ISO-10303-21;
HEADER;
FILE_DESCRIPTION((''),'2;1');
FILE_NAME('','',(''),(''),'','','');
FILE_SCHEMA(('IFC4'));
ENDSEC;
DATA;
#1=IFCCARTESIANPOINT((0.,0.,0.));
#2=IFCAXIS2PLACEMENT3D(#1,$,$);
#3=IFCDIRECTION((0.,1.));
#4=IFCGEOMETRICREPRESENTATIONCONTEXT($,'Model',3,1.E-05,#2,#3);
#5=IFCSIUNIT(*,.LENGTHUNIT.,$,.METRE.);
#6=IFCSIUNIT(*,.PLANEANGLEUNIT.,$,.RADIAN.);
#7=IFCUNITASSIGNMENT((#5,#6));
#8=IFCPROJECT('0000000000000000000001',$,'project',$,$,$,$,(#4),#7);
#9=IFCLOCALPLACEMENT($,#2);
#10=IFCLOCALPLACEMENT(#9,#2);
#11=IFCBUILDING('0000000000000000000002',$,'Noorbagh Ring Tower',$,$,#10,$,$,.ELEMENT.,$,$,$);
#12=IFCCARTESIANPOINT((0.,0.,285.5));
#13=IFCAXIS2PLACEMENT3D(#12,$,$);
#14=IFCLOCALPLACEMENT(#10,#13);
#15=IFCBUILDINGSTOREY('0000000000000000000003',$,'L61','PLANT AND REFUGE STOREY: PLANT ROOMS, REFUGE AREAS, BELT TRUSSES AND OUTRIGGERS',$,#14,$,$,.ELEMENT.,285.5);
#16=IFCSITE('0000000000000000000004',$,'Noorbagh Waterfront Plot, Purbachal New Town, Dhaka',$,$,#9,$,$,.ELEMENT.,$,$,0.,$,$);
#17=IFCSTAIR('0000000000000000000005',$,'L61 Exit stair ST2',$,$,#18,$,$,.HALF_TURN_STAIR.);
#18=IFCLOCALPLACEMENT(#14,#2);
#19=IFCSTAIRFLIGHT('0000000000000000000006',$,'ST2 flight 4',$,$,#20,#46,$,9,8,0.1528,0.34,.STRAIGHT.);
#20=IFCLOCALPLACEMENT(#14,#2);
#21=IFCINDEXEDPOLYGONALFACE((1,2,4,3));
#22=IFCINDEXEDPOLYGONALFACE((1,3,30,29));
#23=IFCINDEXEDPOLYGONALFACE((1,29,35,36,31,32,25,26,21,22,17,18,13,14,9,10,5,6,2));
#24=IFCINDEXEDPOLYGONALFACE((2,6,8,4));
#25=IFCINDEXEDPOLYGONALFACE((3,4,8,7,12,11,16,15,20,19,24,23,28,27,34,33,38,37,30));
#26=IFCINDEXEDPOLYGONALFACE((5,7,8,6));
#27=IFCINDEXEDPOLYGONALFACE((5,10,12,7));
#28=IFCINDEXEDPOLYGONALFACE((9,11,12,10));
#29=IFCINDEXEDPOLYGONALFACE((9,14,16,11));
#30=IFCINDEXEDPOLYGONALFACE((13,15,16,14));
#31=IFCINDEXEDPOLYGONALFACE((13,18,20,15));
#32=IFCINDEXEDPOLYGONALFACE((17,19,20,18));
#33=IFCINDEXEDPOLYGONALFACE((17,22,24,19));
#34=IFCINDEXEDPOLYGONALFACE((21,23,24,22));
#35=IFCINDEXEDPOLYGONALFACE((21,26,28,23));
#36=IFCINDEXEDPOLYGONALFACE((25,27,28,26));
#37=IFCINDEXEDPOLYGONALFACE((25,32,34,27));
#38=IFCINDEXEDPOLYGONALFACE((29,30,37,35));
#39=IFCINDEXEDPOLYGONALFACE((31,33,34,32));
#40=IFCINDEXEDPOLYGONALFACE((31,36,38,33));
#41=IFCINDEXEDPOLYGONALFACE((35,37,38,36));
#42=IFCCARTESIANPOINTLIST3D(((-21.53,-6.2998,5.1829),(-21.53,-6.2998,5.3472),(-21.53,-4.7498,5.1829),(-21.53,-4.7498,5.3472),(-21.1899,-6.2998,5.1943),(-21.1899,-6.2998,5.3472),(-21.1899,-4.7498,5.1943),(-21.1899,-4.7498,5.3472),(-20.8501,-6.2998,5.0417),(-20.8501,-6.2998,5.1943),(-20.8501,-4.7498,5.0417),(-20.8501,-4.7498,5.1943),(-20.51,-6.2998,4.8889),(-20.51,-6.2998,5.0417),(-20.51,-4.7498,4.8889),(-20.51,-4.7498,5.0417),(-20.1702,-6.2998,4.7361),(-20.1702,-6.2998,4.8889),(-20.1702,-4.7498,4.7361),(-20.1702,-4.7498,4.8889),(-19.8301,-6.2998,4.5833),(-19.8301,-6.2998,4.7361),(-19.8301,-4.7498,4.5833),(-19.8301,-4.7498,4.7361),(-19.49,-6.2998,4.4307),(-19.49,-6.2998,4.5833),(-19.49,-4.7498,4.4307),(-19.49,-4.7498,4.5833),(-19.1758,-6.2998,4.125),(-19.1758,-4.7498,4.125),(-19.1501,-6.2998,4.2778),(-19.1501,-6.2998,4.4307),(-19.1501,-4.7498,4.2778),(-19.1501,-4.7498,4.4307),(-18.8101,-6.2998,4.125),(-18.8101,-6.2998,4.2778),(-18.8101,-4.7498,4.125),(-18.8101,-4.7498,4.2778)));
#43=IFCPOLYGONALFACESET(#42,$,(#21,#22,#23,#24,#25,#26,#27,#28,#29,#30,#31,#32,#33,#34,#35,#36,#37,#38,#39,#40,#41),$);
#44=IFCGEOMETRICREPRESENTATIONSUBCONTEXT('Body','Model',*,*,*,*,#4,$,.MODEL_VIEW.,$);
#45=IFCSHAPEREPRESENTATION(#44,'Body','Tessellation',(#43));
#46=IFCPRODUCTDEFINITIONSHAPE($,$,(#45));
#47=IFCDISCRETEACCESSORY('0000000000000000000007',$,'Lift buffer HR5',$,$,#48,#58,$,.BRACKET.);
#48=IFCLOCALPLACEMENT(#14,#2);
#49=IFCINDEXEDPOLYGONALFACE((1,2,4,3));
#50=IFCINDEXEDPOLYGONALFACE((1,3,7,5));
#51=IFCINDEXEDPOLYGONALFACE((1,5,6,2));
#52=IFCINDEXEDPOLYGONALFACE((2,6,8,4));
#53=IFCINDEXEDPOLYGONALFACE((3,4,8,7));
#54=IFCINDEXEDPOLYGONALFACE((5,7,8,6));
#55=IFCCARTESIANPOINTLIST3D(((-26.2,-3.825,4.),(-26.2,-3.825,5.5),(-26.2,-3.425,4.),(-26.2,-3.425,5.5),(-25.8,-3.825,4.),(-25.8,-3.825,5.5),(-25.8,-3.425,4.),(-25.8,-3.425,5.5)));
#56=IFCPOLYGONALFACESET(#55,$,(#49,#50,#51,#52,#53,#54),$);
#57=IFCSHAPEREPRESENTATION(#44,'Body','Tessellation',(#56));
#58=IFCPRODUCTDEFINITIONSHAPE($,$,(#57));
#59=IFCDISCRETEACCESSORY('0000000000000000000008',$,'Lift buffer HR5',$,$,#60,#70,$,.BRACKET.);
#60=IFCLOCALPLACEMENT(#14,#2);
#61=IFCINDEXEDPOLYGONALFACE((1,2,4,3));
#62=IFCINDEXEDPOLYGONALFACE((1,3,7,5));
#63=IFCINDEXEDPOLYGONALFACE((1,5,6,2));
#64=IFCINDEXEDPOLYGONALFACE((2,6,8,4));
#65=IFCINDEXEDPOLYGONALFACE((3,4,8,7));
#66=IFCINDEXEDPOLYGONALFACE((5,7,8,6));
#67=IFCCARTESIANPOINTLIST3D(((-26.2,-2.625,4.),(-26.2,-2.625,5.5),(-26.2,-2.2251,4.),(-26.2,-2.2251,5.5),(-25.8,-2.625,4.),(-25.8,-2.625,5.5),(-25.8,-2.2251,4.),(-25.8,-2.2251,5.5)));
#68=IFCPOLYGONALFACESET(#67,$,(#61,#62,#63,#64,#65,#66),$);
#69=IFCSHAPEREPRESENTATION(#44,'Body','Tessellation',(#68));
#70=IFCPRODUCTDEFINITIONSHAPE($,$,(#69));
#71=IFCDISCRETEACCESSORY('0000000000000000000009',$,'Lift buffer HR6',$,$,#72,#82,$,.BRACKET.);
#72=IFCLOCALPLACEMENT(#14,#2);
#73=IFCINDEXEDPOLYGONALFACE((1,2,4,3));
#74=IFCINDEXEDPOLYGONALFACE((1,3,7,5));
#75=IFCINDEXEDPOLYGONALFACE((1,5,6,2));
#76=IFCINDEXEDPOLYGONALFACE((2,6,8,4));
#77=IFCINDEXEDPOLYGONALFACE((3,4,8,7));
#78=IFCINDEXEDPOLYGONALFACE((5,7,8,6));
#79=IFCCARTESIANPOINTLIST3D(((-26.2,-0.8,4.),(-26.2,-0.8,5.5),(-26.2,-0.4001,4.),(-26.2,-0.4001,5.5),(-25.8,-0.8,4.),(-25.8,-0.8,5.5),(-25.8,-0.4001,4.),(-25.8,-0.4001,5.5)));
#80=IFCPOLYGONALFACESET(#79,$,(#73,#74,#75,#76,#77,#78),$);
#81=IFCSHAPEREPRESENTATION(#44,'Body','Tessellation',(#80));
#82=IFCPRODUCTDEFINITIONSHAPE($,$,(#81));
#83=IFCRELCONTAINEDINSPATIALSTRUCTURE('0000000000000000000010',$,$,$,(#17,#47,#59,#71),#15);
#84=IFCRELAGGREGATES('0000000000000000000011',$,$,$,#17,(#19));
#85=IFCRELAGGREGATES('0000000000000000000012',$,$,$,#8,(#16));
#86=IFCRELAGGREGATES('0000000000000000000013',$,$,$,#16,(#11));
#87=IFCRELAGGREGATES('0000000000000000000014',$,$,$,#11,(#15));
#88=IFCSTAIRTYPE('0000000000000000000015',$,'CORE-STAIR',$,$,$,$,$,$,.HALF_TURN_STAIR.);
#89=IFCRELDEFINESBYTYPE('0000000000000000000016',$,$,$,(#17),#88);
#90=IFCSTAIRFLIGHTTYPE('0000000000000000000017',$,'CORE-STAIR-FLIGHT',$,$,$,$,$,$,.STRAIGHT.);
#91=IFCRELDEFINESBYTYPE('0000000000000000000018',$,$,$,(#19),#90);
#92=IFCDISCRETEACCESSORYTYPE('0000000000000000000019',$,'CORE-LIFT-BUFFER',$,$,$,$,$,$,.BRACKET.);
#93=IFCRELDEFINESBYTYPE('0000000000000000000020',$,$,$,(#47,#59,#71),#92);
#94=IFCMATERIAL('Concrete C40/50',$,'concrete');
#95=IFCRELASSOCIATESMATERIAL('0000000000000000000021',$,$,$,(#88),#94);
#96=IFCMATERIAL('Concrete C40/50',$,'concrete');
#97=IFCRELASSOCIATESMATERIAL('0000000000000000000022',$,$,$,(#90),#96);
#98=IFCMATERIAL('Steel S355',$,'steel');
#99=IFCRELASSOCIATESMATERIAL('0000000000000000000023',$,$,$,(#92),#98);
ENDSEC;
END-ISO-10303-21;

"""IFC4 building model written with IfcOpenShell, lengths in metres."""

from ifc_helpers import new_model, si_unit, direction, frame, origin, origin_2d, place, context, subcontext, project, spatial, polyline, rectangle, outline, extrude, material, type_object, element, aggregate, save


model = new_model("IFC4")

# Units and contexts
model_context = context("Model", 3, precision=1e-05, world=origin(), true_north=direction((0.0, 1.0)))
body_context = subcontext(model_context, "Body", "Model", "MODEL_VIEW")
ifc_project = project(units=[si_unit("LENGTHUNIT", "METRE"), si_unit("PLANEANGLEUNIT", "RADIAN")], contexts=[model_context])

# Site, building, storey
site_placement = place(None, origin())
site = spatial("IfcSite", under=ifc_project, at=site_placement, Name="Noorbagh Waterfront Plot, Purbachal New Town, Dhaka", CompositionType="ELEMENT", RefElevation=0.0)
building_placement = place(site_placement, origin())
building = spatial("IfcBuilding", under=site, at=building_placement, Name="Noorbagh Ring Tower", CompositionType="ELEMENT")
storey_placement = place(building_placement, frame((0.0, 0.0, 285.5)))
storey = spatial("IfcBuildingStorey", under=building, at=storey_placement, Name="L61", Description="PLANT AND REFUGE STOREY: PLANT ROOMS, REFUGE AREAS, BELT TRUSSES AND OUTRIGGERS", CompositionType="ELEMENT", Elevation=285.5)

# Stair, stair flight
ifc_material_1 = material(Name="Concrete C40/50", Category="concrete")
stair_type = type_object("IfcStairType", Name="CORE-STAIR", PredefinedType="HALF_TURN_STAIR", material=ifc_material_1)
stair_placement = place(storey_placement, origin())
stair = element("IfcStair", 1, at=stair_placement, inside=storey, type_object=stair_type, Name="L61 Exit stair ST2", PredefinedType="HALF_TURN_STAIR")
ifc_material_2 = material(Name="Concrete C40/50", Category="concrete")
stair_flight_type = type_object("IfcStairFlightType", Name="CORE-STAIR-FLIGHT", PredefinedType="STRAIGHT", material=ifc_material_2)
stair_flight_1_placement = place(storey_placement, frame((-18.8101, -5.5249, 4.125), z_axis=(0.0, 0.0, 1.0), x_axis=(-1.0, 0.0, 0.0)))
stair_flight_1 = element("IfcStairFlight", 2, at=stair_flight_1_placement, type_object=stair_flight_type, Name="ST2 flight 4", NumberOfRisers=9, NumberOfTreads=8, PredefinedType="STRAIGHT", RiserHeight=0.1528, TreadLength=0.34, context=body_context, shape_type="SweptSolid", body=[
    extrude(outline(polyline([(0.0, 0.0), (0.0, 0.1528), (0.3401, 0.1528), (0.3401, 0.3057), (0.6799, 0.3057), (0.6799, 0.4583), (1.02, 0.4583), (1.02, 0.6111), (1.3601, 0.6111), (1.3601, 0.7639), (1.7, 0.7639), (1.7, 0.9167), (2.04, 0.9167), (2.04, 1.0693), (2.3799, 1.0693), (2.3799, 1.2222), (2.72, 1.2222), (2.72, 1.375), (2.72, 1.0579), (0.3657, 0.0), (0.0, 0.0)])), frame((0.0, 0.7749, 0.0), z_axis=(0.0, -1.0, 0.0), x_axis=(1.0, 0.0, 0.0)), (0.0, 0.0, 1.0), 1.55),
])
aggregate(stair, [stair_flight_1])

# Discrete accessories
ifc_material_3 = material(Name="Steel S355", Category="steel")
discrete_accessory_type = type_object("IfcDiscreteAccessoryType", Name="CORE-LIFT-BUFFER", PredefinedType="BRACKET", material=ifc_material_3)
for number, where, z_axis, x_axis, name in (
    (3, (-26.0, -3.625, 4.0), (0.0, 0.0, 1.0), (1.0, 0.0, 0.0), "Lift buffer HR5"),
    (4, (-26.0, -2.425, 4.0), (0.0, 0.0, 1.0), (1.0, 0.0, 0.0), "Lift buffer HR5"),
    (5, (-26.0, -0.6001, 4.0), (0.0, 0.0, 1.0), (1.0, 0.0, 0.0), "Lift buffer HR6"),
):
    element("IfcDiscreteAccessory", number, at=place(storey_placement, frame(where, z_axis=z_axis, x_axis=x_axis)), inside=storey, type_object=discrete_accessory_type, Name=name, PredefinedType="BRACKET", context=body_context, shape_type="SweptSolid", body=[
        extrude(rectangle(XDim=0.3999, YDim=0.3999, at=origin_2d()), origin(), (0.0, 0.0, 1.0), 1.5),
    ])

save(model, "model.ifc")
